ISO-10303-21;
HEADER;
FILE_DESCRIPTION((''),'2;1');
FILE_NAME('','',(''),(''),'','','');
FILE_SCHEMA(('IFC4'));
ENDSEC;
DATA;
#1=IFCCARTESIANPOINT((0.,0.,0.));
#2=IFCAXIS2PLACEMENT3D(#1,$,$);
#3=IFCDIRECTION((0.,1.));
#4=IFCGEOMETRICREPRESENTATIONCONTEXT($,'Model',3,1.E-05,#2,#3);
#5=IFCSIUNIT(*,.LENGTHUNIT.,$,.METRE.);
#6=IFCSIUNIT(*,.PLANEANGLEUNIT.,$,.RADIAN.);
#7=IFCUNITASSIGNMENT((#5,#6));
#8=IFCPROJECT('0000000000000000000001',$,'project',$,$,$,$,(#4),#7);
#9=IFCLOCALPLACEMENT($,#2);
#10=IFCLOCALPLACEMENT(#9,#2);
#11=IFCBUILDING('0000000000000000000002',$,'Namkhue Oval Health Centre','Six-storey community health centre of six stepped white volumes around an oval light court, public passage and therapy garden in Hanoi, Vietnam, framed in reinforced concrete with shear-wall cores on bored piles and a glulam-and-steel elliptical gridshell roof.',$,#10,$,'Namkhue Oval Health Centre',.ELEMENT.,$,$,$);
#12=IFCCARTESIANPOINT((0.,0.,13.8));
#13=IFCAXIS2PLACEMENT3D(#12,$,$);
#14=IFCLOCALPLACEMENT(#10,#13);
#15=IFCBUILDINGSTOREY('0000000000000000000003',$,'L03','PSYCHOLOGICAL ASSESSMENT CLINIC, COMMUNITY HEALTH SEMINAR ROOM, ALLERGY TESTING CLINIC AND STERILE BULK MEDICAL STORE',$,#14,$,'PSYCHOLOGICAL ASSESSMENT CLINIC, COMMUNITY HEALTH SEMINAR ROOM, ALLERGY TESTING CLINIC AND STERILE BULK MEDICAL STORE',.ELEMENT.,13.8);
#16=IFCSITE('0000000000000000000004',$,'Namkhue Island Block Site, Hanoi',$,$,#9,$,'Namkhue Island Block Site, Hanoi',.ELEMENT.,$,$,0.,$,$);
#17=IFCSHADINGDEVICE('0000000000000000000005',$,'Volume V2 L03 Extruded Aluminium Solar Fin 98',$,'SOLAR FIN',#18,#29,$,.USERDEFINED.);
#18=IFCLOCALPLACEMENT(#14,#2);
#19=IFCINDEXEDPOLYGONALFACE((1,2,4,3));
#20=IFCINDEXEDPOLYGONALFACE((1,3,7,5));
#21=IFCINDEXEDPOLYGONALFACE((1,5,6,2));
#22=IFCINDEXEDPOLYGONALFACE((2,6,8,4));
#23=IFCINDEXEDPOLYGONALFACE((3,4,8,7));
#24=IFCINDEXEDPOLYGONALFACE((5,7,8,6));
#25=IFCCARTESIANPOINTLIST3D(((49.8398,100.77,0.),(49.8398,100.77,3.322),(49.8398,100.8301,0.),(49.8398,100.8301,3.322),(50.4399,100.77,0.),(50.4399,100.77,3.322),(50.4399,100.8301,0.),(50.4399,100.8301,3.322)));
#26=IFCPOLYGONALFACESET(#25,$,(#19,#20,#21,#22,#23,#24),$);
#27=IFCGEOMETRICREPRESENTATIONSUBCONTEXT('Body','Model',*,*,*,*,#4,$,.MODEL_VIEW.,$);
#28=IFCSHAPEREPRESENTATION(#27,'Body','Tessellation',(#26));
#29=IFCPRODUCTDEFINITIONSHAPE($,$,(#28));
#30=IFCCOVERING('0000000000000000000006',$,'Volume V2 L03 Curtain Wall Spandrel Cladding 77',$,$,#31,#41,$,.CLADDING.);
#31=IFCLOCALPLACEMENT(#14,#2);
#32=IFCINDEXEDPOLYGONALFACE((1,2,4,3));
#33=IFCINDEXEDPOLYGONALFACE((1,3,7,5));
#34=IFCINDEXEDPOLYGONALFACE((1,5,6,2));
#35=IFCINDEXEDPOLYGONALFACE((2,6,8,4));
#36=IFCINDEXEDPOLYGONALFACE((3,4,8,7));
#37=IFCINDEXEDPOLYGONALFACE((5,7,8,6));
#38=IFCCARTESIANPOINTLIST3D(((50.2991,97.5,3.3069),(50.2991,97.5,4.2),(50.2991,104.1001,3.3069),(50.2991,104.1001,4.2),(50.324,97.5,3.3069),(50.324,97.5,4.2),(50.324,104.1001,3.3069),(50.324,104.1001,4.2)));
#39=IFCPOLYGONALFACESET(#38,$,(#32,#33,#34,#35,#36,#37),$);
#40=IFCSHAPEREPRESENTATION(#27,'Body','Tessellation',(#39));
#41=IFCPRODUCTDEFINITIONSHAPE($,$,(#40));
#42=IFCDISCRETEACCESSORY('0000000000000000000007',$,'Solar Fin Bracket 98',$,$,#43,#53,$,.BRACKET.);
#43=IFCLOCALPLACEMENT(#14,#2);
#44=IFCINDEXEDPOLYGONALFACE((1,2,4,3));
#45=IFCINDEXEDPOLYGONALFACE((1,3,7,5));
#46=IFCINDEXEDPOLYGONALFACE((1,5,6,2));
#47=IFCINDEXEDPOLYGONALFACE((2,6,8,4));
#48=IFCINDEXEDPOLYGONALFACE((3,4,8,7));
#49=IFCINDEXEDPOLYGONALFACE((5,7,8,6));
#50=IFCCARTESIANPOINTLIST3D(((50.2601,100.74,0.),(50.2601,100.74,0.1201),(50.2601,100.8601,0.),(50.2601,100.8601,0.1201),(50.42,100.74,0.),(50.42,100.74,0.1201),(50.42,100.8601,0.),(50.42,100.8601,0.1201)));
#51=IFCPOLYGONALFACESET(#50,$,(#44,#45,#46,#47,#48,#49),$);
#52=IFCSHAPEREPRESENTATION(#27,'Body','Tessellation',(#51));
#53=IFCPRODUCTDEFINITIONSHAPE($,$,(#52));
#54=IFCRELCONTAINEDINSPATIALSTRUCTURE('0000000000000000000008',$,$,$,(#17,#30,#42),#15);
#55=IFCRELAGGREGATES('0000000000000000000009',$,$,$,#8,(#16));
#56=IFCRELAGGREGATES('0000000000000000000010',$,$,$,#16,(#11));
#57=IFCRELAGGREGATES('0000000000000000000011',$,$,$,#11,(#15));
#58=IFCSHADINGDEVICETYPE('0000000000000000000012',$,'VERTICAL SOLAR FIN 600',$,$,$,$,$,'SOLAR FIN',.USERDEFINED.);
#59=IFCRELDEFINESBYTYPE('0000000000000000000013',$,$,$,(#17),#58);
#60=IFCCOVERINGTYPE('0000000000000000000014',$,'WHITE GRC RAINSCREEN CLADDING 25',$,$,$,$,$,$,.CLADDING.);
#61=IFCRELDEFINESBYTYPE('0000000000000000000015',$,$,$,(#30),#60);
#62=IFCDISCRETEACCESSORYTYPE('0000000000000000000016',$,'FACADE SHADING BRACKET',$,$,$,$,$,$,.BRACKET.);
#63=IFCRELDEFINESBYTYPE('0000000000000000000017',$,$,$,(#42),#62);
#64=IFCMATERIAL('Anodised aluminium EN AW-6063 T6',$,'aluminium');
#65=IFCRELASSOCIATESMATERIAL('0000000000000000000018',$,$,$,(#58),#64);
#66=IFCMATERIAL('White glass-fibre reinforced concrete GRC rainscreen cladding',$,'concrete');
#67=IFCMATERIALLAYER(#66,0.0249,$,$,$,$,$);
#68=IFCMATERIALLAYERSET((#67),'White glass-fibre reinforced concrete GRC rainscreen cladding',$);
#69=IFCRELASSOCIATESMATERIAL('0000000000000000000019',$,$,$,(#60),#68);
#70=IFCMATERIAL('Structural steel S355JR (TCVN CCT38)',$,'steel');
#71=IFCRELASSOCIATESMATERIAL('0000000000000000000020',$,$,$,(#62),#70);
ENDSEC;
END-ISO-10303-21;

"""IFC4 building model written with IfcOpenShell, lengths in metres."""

from ifc_helpers import new_model, si_unit, direction, frame, origin, origin_2d, place, context, subcontext, project, spatial, rectangle, extrude, material, layer, layer_set, type_object, element, save


model = new_model("IFC4")

# Units and contexts
model_context = context("Model", 3, precision=1e-05, world=origin(), true_north=direction((0.0, 1.0)))
body_context = subcontext(model_context, "Body", "Model", "MODEL_VIEW")
ifc_project = project(units=[si_unit("LENGTHUNIT", "METRE"), si_unit("PLANEANGLEUNIT", "RADIAN")], contexts=[model_context])

# Site, building, storey
site_placement = place(None, origin())
site = spatial("IfcSite", under=ifc_project, at=site_placement, Name="Namkhue Island Block Site, Hanoi", LongName="Namkhue Island Block Site, Hanoi", CompositionType="ELEMENT", RefElevation=0.0)
building_placement = place(site_placement, origin())
building = spatial("IfcBuilding", under=site, at=building_placement, Name="Namkhue Oval Health Centre", Description="Six-storey community health centre of six stepped white volumes around an oval light court, public passage and therapy garden in Hanoi, Vietnam, framed in reinforced concrete with shear-wall cores on bored piles and a glulam-and-steel elliptical gridshell roof.", LongName="Namkhue Oval Health Centre", CompositionType="ELEMENT")
storey_placement = place(building_placement, frame((0.0, 0.0, 13.8)))
storey = spatial("IfcBuildingStorey", under=building, at=storey_placement, Name="L03", Description="PSYCHOLOGICAL ASSESSMENT CLINIC, COMMUNITY HEALTH SEMINAR ROOM, ALLERGY TESTING CLINIC AND STERILE BULK MEDICAL STORE", LongName="PSYCHOLOGICAL ASSESSMENT CLINIC, COMMUNITY HEALTH SEMINAR ROOM, ALLERGY TESTING CLINIC AND STERILE BULK MEDICAL STORE", CompositionType="ELEMENT", Elevation=13.8)

# Shared definitions
ifc_material_1 = material(Name="Anodised aluminium EN AW-6063 T6", Category="aluminium")

# Shading device
shading_device_type = type_object("IfcShadingDeviceType", Name="VERTICAL SOLAR FIN 600", ElementType="SOLAR FIN", PredefinedType="USERDEFINED", material=ifc_material_1)
shading_device_placement = place(storey_placement, frame((50.1399, 100.8, 0.0), z_axis=(0.0, 0.0, 1.0), x_axis=(-1.0, 0.0, 0.0)))
element("IfcShadingDevice", 1, at=shading_device_placement, inside=storey, type_object=shading_device_type, Name="Volume V2 L03 Extruded Aluminium Solar Fin 98", ObjectType="SOLAR FIN", PredefinedType="USERDEFINED", context=body_context, shape_type="SweptSolid", body=[
    extrude(rectangle(XDim=0.6001, YDim=0.0601, at=origin_2d()), origin(), (0.0, 0.0, 1.0), 3.322),
])

# Covering
ifc_material_2 = material(Name="White glass-fibre reinforced concrete GRC rainscreen cladding", Category="concrete")
ifc_layer_1 = layer(ifc_material_2, 0.0249)
ifc_layer_set_1 = layer_set([ifc_layer_1], Name="White glass-fibre reinforced concrete GRC rainscreen cladding")
covering_type = type_object("IfcCoveringType", Name="WHITE GRC RAINSCREEN CLADDING 25", PredefinedType="CLADDING", material=ifc_layer_set_1)
covering_placement = place(storey_placement, frame((50.3115, 100.8, 3.3069), z_axis=(0.0, 0.0, 1.0), x_axis=(0.0, -1.0, 0.0)))
element("IfcCovering", 2, at=covering_placement, inside=storey, type_object=covering_type, Name="Volume V2 L03 Curtain Wall Spandrel Cladding 77", PredefinedType="CLADDING", context=body_context, shape_type="SweptSolid", body=[
    extrude(rectangle(XDim=6.6001, YDim=0.0249, at=origin_2d()), origin(), (0.0, 0.0, 1.0), 0.8931),
])

# Discrete accessory
ifc_material_3 = material(Name="Structural steel S355JR (TCVN CCT38)", Category="steel")
discrete_accessory_type = type_object("IfcDiscreteAccessoryType", Name="FACADE SHADING BRACKET", PredefinedType="BRACKET", material=ifc_material_3)
discrete_accessory_placement = place(storey_placement, frame((50.3401, 100.8, 0.0), z_axis=(0.0, 0.0, 1.0), x_axis=(-1.0, 0.0, 0.0)))
element("IfcDiscreteAccessory", 3, at=discrete_accessory_placement, inside=storey, type_object=discrete_accessory_type, Name="Solar Fin Bracket 98", PredefinedType="BRACKET", context=body_context, shape_type="SweptSolid", body=[
    extrude(rectangle(XDim=0.1599, YDim=0.1201, at=origin_2d()), origin(), (0.0, 0.0, 1.0), 0.1201),
])

save(model, "model.ifc")
